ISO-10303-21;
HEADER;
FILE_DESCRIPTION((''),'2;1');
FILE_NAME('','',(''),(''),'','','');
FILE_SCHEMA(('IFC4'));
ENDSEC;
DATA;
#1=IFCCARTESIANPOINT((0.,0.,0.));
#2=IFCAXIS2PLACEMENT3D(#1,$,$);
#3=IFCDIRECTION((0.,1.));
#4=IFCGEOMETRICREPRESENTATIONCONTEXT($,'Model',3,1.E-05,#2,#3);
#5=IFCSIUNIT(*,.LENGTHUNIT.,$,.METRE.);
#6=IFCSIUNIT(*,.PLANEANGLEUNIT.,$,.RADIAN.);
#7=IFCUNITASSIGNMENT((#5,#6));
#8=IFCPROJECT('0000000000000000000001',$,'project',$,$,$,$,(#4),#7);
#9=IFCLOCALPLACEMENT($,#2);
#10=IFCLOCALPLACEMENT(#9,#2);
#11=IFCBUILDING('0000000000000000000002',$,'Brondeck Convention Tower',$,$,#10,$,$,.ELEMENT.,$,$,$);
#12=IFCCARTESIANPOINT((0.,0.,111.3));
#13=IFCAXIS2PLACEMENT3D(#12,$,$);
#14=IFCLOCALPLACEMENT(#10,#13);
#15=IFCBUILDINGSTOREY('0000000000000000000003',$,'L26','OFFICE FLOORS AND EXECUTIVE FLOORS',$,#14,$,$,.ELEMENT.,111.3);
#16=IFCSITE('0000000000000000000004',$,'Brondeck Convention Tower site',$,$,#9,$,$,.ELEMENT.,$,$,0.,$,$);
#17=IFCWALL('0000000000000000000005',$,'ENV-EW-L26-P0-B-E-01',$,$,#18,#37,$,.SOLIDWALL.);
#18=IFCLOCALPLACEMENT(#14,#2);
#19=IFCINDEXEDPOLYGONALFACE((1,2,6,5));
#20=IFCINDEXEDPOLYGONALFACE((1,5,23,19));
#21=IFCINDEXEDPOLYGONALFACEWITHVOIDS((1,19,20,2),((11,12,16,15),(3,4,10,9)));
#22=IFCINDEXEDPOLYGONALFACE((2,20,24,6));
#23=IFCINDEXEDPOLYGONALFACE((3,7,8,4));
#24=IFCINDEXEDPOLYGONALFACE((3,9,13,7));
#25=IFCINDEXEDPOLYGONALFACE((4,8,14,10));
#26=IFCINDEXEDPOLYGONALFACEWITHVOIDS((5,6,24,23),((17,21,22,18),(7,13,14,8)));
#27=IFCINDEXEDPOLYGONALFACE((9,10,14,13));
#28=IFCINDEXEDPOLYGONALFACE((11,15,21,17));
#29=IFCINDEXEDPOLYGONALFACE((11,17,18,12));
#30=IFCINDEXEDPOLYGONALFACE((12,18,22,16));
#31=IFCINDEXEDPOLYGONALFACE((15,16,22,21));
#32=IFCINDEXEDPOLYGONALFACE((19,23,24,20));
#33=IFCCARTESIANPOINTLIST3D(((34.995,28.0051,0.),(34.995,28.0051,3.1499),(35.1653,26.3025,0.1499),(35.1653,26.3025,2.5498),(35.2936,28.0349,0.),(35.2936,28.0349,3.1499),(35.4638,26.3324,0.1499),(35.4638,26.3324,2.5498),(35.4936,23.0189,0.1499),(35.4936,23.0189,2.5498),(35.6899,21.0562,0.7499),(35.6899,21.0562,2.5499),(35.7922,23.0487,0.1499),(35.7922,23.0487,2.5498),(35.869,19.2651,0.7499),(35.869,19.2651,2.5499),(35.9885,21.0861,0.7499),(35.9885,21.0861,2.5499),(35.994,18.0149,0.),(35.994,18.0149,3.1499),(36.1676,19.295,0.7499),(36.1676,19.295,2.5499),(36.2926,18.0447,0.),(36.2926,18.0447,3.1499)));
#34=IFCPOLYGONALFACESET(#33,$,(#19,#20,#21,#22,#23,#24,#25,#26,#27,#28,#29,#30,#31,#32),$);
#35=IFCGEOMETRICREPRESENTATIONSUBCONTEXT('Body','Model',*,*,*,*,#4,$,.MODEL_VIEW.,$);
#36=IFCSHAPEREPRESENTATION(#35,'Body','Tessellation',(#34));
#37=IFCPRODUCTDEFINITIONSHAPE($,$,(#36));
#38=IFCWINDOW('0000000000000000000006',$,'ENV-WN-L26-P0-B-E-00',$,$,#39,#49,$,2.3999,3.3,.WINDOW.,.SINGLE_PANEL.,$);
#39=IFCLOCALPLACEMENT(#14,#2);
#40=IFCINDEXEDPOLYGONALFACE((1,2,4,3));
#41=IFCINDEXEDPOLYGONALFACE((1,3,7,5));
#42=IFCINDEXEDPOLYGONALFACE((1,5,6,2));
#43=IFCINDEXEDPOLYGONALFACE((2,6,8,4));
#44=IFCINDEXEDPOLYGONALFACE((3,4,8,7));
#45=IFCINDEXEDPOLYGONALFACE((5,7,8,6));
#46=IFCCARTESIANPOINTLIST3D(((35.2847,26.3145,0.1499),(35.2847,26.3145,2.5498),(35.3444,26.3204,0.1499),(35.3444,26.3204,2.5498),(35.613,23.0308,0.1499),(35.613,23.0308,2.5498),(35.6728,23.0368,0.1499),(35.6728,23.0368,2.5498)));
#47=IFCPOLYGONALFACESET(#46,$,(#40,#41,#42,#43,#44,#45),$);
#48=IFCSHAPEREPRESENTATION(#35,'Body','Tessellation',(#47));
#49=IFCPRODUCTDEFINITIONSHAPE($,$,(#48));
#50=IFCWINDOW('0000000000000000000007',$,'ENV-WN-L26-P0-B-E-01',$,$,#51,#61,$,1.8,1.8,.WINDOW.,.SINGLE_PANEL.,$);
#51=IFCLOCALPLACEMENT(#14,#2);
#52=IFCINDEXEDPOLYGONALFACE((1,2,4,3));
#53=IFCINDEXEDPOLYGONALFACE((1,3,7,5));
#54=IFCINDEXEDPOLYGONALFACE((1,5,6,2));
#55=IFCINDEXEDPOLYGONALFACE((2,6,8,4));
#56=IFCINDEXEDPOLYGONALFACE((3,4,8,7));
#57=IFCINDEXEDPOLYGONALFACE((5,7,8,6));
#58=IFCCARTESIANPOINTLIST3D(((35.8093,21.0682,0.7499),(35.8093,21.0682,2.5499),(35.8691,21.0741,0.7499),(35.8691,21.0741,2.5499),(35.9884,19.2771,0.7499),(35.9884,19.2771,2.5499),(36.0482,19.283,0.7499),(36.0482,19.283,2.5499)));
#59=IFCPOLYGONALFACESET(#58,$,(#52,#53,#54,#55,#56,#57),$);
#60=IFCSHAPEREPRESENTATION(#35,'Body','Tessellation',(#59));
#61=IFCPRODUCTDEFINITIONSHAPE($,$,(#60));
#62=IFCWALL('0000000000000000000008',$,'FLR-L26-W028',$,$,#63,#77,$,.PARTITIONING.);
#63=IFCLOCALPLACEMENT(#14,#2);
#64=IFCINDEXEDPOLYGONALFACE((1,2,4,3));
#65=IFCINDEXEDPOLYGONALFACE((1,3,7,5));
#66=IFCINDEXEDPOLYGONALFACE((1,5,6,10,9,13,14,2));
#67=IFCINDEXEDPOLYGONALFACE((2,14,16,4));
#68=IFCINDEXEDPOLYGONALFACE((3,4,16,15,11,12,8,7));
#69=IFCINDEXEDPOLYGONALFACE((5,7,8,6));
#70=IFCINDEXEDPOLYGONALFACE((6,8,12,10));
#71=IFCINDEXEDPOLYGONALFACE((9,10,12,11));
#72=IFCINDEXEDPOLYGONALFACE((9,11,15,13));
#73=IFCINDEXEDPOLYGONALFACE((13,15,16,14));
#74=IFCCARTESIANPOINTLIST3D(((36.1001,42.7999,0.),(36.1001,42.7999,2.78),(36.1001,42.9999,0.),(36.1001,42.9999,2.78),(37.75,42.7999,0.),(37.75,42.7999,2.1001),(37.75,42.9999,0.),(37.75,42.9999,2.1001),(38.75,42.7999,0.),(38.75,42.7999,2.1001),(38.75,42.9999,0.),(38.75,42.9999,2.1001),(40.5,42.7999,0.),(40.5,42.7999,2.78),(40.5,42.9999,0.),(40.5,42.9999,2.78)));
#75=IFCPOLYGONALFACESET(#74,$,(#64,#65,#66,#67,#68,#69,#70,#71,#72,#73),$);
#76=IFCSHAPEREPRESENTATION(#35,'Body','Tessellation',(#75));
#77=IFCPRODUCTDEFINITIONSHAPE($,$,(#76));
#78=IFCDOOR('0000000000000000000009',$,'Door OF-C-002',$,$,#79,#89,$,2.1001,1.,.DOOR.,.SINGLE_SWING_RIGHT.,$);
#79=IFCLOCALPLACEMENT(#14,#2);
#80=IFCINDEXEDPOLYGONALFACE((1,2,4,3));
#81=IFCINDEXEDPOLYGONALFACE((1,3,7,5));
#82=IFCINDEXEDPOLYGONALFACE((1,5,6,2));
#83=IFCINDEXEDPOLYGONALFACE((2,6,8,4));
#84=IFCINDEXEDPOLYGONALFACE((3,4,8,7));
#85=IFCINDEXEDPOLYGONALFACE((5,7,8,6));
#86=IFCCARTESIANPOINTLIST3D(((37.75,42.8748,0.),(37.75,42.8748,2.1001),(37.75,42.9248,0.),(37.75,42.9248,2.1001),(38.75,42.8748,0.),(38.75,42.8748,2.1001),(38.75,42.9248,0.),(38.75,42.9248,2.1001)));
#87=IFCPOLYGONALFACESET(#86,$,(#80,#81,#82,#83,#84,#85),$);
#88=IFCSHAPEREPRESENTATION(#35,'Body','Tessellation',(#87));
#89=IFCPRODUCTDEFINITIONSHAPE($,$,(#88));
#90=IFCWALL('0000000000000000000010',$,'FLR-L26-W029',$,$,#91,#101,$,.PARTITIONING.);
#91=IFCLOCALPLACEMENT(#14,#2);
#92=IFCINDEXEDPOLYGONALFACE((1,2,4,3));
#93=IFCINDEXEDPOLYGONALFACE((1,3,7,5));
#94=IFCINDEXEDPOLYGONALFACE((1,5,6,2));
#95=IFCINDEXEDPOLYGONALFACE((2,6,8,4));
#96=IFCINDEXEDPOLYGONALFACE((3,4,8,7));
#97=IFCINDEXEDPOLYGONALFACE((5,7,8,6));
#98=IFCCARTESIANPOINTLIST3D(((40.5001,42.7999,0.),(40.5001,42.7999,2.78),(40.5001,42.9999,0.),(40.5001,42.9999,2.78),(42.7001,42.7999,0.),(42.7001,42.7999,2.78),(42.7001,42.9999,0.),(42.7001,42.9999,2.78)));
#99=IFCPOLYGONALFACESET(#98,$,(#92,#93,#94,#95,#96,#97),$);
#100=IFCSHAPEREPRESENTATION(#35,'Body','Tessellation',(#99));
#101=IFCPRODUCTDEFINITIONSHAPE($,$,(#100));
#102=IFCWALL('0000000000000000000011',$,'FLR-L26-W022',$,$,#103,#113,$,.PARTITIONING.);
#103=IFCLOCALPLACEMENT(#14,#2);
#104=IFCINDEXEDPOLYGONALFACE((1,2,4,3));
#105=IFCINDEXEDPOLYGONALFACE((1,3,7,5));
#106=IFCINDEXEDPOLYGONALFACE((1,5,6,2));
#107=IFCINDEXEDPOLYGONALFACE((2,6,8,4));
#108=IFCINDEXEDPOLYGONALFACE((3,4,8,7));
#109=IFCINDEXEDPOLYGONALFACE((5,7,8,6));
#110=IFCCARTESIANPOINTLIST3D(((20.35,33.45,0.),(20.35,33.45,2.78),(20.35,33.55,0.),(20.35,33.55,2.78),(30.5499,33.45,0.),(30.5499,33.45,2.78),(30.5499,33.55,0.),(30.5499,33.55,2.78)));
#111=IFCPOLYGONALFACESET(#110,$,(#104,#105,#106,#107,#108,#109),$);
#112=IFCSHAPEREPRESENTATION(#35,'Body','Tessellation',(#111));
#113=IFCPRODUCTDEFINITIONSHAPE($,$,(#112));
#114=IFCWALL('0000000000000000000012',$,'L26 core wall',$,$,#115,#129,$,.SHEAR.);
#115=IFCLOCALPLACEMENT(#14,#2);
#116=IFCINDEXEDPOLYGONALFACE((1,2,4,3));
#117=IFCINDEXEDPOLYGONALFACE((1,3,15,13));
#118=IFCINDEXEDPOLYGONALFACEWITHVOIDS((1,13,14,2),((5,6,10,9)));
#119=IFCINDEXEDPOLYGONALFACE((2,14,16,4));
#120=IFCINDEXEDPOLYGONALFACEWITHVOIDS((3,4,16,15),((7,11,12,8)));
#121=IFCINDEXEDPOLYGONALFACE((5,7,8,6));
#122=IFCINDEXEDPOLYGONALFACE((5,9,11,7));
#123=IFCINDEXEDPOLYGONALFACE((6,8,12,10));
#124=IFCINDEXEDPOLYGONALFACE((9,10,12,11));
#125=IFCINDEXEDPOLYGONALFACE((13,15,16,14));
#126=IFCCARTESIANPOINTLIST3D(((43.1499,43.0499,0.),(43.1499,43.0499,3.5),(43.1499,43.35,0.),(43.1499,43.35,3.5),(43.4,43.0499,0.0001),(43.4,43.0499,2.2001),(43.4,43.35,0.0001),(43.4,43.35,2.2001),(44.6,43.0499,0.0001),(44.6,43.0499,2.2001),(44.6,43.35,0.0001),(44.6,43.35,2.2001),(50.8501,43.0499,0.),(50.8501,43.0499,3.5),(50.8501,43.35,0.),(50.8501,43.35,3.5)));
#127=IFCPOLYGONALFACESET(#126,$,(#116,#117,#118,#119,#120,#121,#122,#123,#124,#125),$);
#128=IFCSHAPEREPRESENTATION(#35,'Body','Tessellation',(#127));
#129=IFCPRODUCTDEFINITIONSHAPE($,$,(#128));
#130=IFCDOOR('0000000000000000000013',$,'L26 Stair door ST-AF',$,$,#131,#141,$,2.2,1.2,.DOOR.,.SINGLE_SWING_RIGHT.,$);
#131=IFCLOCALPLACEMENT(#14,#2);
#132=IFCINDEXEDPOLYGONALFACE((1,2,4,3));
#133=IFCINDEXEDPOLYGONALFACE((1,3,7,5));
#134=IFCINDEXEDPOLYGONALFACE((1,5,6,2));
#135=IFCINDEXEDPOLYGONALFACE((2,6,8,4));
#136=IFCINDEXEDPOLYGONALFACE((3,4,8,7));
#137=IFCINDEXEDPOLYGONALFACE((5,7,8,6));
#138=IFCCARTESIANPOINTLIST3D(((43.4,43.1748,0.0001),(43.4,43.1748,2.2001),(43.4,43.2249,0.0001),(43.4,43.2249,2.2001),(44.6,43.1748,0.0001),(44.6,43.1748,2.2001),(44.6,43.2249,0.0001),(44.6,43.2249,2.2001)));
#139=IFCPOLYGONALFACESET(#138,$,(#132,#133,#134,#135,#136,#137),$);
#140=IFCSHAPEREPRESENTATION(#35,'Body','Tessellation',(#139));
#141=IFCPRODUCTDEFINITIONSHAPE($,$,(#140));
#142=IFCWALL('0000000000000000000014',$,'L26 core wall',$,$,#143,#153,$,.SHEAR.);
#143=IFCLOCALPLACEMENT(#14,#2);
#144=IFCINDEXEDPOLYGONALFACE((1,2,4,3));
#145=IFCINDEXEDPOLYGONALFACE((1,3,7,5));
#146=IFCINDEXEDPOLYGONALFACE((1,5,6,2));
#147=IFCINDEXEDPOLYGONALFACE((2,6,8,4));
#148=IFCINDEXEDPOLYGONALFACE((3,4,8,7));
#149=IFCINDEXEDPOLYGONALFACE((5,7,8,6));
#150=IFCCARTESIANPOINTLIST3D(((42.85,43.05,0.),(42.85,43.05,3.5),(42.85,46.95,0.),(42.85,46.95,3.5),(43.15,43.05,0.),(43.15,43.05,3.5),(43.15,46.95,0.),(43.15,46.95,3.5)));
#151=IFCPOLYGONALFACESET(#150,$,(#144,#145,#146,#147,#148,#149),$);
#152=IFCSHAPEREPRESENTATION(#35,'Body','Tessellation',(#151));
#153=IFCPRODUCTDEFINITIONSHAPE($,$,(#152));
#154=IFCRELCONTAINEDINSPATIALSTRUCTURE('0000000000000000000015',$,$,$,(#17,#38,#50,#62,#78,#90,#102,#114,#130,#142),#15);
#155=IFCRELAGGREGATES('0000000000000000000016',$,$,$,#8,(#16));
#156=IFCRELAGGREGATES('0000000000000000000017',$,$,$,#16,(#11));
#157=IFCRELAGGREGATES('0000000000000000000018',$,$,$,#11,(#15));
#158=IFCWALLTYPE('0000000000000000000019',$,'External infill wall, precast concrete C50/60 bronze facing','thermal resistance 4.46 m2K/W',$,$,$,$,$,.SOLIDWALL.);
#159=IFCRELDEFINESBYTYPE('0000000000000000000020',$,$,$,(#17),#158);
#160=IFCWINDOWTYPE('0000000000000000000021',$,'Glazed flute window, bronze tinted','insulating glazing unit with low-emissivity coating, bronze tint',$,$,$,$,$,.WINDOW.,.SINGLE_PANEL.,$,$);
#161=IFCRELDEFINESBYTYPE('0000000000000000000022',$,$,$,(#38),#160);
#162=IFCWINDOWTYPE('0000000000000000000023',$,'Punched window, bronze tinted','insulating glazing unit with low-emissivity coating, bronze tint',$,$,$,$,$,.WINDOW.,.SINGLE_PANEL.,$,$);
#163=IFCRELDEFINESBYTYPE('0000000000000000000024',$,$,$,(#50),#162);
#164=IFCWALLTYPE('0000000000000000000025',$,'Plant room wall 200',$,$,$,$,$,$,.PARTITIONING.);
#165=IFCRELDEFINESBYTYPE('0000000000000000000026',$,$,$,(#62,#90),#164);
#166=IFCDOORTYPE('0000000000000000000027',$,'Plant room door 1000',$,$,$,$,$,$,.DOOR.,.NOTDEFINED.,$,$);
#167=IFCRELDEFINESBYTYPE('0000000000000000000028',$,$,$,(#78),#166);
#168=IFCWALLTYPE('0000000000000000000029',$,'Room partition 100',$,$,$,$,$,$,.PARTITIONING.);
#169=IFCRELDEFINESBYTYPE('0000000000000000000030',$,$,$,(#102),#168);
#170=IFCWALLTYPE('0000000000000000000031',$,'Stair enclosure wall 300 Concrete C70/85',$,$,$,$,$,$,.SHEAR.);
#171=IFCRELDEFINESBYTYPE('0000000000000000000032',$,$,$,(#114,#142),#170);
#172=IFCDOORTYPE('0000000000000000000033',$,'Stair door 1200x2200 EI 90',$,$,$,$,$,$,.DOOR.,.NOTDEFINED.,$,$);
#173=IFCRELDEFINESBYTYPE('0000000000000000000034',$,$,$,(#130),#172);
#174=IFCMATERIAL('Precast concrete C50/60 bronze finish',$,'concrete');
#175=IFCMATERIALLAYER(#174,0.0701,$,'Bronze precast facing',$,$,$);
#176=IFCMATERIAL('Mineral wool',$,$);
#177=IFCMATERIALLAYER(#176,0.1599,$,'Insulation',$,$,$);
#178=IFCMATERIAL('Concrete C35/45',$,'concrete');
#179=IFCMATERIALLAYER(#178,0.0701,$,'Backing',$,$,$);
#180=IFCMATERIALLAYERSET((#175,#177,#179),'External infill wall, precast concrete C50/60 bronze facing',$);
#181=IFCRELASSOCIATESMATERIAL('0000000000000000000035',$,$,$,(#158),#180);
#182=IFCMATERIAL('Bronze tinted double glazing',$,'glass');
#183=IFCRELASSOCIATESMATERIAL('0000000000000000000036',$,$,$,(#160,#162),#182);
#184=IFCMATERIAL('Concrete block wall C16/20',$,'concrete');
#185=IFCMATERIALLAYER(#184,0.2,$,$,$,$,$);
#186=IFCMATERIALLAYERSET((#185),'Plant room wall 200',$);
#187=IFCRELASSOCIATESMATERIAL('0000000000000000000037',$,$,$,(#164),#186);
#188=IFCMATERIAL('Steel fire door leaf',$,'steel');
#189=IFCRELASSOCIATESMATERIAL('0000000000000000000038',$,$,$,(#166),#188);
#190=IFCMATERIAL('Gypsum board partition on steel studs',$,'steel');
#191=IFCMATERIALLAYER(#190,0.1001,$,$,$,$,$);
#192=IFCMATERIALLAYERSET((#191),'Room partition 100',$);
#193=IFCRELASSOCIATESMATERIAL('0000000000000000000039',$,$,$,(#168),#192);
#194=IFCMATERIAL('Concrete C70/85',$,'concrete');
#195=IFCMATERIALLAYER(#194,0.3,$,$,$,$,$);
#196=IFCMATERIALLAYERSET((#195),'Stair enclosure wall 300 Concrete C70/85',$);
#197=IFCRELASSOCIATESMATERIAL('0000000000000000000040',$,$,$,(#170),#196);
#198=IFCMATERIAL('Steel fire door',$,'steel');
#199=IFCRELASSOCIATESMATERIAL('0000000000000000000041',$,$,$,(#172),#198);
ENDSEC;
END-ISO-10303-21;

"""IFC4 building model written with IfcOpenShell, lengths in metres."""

from ifc_helpers import new_model, si_unit, direction, frame, frame_2d, origin, place, context, subcontext, project, spatial, rectangle, extrude, material, layer, layer_set, type_object, element, fill, save


model = new_model("IFC4")

# Units and contexts
model_context = context("Model", 3, precision=1e-05, world=origin(), true_north=direction((0.0, 1.0)))
body_context = subcontext(model_context, "Body", "Model", "MODEL_VIEW")
ifc_project = project(units=[si_unit("LENGTHUNIT", "METRE"), si_unit("PLANEANGLEUNIT", "RADIAN")], contexts=[model_context])

# Site, building, storey
site_placement = place(None, origin())
site = spatial("IfcSite", under=ifc_project, at=site_placement, Name="Brondeck Convention Tower site", CompositionType="ELEMENT", RefElevation=0.0)
building_placement = place(site_placement, origin())
building = spatial("IfcBuilding", under=site, at=building_placement, Name="Brondeck Convention Tower", CompositionType="ELEMENT")
storey_placement = place(building_placement, frame((0.0, 0.0, 111.3)))
storey = spatial("IfcBuildingStorey", under=building, at=storey_placement, Name="L26", Description="OFFICE FLOORS AND EXECUTIVE FLOORS", CompositionType="ELEMENT", Elevation=111.3)

# Shared definitions
ifc_material_1 = material(Name="Concrete C70/85", Category="concrete")

# Wall, openings, windows
ifc_material_2 = material(Name="Precast concrete C50/60 bronze finish", Category="concrete")
ifc_layer_1 = layer(ifc_material_2, 0.0701, Name="Bronze precast facing")
ifc_material_3 = material(Name="Mineral wool")
ifc_layer_2 = layer(ifc_material_3, 0.1599, Name="Insulation")
ifc_material_4 = material(Name="Concrete C35/45", Category="concrete")
ifc_layer_3 = layer(ifc_material_4, 0.0701, Name="Backing")
ifc_layer_set_1 = layer_set([ifc_layer_1, ifc_layer_2, ifc_layer_3], Name="External infill wall, precast concrete C50/60 bronze facing")
wall_type_1 = type_object("IfcWallType", Name="External infill wall, precast concrete C50/60 bronze facing", Description="thermal resistance 4.46 m2K/W", PredefinedType="SOLIDWALL", material=ifc_layer_set_1)
wall_1_placement = place(storey_placement, frame((35.1443, 28.02, 0.0), z_axis=(0.0, 0.0, 1.0), x_axis=(0.099504, -0.995037, 0.0)))
wall_1 = element("IfcWall", 1, at=wall_1_placement, inside=storey, type_object=wall_type_1, Name="ENV-EW-L26-P0-B-E-01", PredefinedType="SOLIDWALL", context=body_context, shape_type="SweptSolid", body=[
    extrude(rectangle(XDim=10.04, YDim=0.3, at=frame_2d((5.02, 0.0))), origin(), (0.0, 0.0, 1.0), 3.1499),
])
opening_1_placement = place(wall_1_placement, frame((1.7112, 0.0, 0.1499)))
opening_1 = element("IfcOpeningElement", 2, at=opening_1_placement, cuts=wall_1, PredefinedType="OPENING", context=body_context, shape_type="SweptSolid", body=[
    extrude(rectangle(XDim=3.3, YDim=2.3999, at=frame_2d((1.6499, 1.2))), frame((0.0, 0.1599, 0.0), z_axis=(0.0, -1.0, 0.0), x_axis=(1.0, 0.0, 0.0)), (0.0, 0.0, 1.0), 0.3201),
])
opening_2_placement = place(wall_1_placement, frame((6.9836, 0.0, 0.75)))
opening_2 = element("IfcOpeningElement", 3, at=opening_2_placement, cuts=wall_1, PredefinedType="OPENING", context=body_context, shape_type="SweptSolid", body=[
    extrude(rectangle(XDim=1.8, YDim=1.8, at=frame_2d((0.8999, 0.8999))), frame((0.0, 0.1599, 0.0), z_axis=(0.0, -1.0, 0.0), x_axis=(1.0, 0.0, 0.0)), (0.0, 0.0, 1.0), 0.3201),
])
ifc_material_5 = material(Name="Bronze tinted double glazing", Category="glass")
window_type_1 = type_object("IfcWindowType", Name="Glazed flute window, bronze tinted", Description="insulating glazing unit with low-emissivity coating, bronze tint", PartitioningType="SINGLE_PANEL", PredefinedType="WINDOW", material=ifc_material_5)
window_1_placement = place(opening_1_placement, origin())
window_1 = element("IfcWindow", 4, at=window_1_placement, inside=storey, type_object=window_type_1, Name="ENV-WN-L26-P0-B-E-00", OverallHeight=2.3999, OverallWidth=3.3, PartitioningType="SINGLE_PANEL", PredefinedType="WINDOW", context=body_context, shape_type="SweptSolid", body=[
    extrude(rectangle(XDim=3.3, YDim=2.3999, at=frame_2d((1.6499, 1.2))), frame((0.0, 0.03, 0.0), z_axis=(0.0, -1.0, 0.0), x_axis=(1.0, 0.0, 0.0)), (0.0, 0.0, 1.0), 0.0601),
])
fill(opening_1, window_1)
window_type_2 = type_object("IfcWindowType", Name="Punched window, bronze tinted", Description="insulating glazing unit with low-emissivity coating, bronze tint", PartitioningType="SINGLE_PANEL", PredefinedType="WINDOW", material=ifc_material_5)
window_2_placement = place(opening_2_placement, origin())
window_2 = element("IfcWindow", 5, at=window_2_placement, inside=storey, type_object=window_type_2, Name="ENV-WN-L26-P0-B-E-01", OverallHeight=1.8, OverallWidth=1.8, PartitioningType="SINGLE_PANEL", PredefinedType="WINDOW", context=body_context, shape_type="SweptSolid", body=[
    extrude(rectangle(XDim=1.8, YDim=1.8, at=frame_2d((0.8999, 0.8999))), frame((0.0, 0.03, 0.0), z_axis=(0.0, -1.0, 0.0), x_axis=(1.0, 0.0, 0.0)), (0.0, 0.0, 1.0), 0.0601),
])
fill(opening_2, window_2)

# Wall, opening, door
ifc_material_6 = material(Name="Concrete block wall C16/20", Category="concrete")
ifc_layer_4 = layer(ifc_material_6, 0.2)
ifc_layer_set_2 = layer_set([ifc_layer_4], Name="Plant room wall 200")
wall_type_2 = type_object("IfcWallType", Name="Plant room wall 200", PredefinedType="PARTITIONING", material=ifc_layer_set_2)
wall_2_placement = place(storey_placement, frame((36.1001, 42.8999, 0.0), z_axis=(0.0, 0.0, 1.0), x_axis=(1.0, 0.0, 0.0)))
wall_2 = element("IfcWall", 6, at=wall_2_placement, inside=storey, type_object=wall_type_2, Name="FLR-L26-W028", PredefinedType="PARTITIONING", context=body_context, shape_type="SweptSolid", body=[
    extrude(rectangle(XDim=4.3999, YDim=0.2, at=frame_2d((2.2, 0.0))), origin(), (0.0, 0.0, 1.0), 2.78),
])
opening_3_placement = place(wall_2_placement, frame((1.6499, 0.0, 0.0)))
opening_3 = element("IfcOpeningElement", 7, at=opening_3_placement, cuts=wall_2, PredefinedType="OPENING", context=body_context, shape_type="SweptSolid", body=[
    extrude(rectangle(XDim=1.0, YDim=2.1001, at=frame_2d((0.5, 1.05))), frame((0.0, 0.1099, 0.0), z_axis=(0.0, -1.0, 0.0), x_axis=(1.0, 0.0, 0.0)), (0.0, 0.0, 1.0), 0.22),
])
ifc_material_7 = material(Name="Steel fire door leaf", Category="steel")
door_type_1 = type_object("IfcDoorType", Name="Plant room door 1000", OperationType="NOTDEFINED", PredefinedType="DOOR", material=ifc_material_7)
door_1_placement = place(opening_3_placement, origin())
door_1 = element("IfcDoor", 8, at=door_1_placement, inside=storey, type_object=door_type_1, Name="Door OF-C-002", OperationType="SINGLE_SWING_RIGHT", OverallHeight=2.1001, OverallWidth=1.0, PredefinedType="DOOR", context=body_context, shape_type="SweptSolid", body=[
    extrude(rectangle(XDim=1.0, YDim=2.1001, at=frame_2d((0.5, 1.05))), frame((0.0, 0.0249, 0.0), z_axis=(0.0, -1.0, 0.0), x_axis=(1.0, 0.0, 0.0)), (0.0, 0.0, 1.0), 0.05),
])
fill(opening_3, door_1)

# Walls
wall_3_placement = place(storey_placement, frame((40.5, 42.8999, 0.0), z_axis=(0.0, 0.0, 1.0), x_axis=(1.0, 0.0, 0.0)))
element("IfcWall", 9, at=wall_3_placement, inside=storey, type_object=wall_type_2, Name="FLR-L26-W029", PredefinedType="PARTITIONING", context=body_context, shape_type="SweptSolid", body=[
    extrude(rectangle(XDim=2.2, YDim=0.2, at=frame_2d((1.1001, 0.0))), origin(), (0.0, 0.0, 1.0), 2.78),
])
ifc_material_8 = material(Name="Gypsum board partition on steel studs", Category="steel")
ifc_layer_5 = layer(ifc_material_8, 0.1001)
ifc_layer_set_3 = layer_set([ifc_layer_5], Name="Room partition 100")
wall_type_3 = type_object("IfcWallType", Name="Room partition 100", PredefinedType="PARTITIONING", material=ifc_layer_set_3)
wall_4_placement = place(storey_placement, frame((30.55, 33.5, 0.0), z_axis=(0.0, 0.0, 1.0), x_axis=(-1.0, 0.0, 0.0)))
element("IfcWall", 10, at=wall_4_placement, inside=storey, type_object=wall_type_3, Name="FLR-L26-W022", PredefinedType="PARTITIONING", context=body_context, shape_type="SweptSolid", body=[
    extrude(rectangle(XDim=10.2, YDim=0.1001, at=frame_2d((5.1001, 0.0))), origin(), (0.0, 0.0, 1.0), 2.78),
])

# Wall, opening, door
ifc_layer_6 = layer(ifc_material_1, 0.3)
ifc_layer_set_4 = layer_set([ifc_layer_6], Name="Stair enclosure wall 300 Concrete C70/85")
wall_type_4 = type_object("IfcWallType", Name="Stair enclosure wall 300 Concrete C70/85", PredefinedType="SHEAR", material=ifc_layer_set_4)
wall_5_placement = place(storey_placement, frame((43.1499, 43.2, 0.0), z_axis=(0.0, 0.0, 1.0), x_axis=(1.0, 0.0, 0.0)))
wall_5 = element("IfcWall", 11, at=wall_5_placement, inside=storey, type_object=wall_type_4, Name="L26 core wall", PredefinedType="SHEAR", context=body_context, shape_type="SweptSolid", body=[
    extrude(rectangle(XDim=7.7002, YDim=0.3, at=frame_2d((3.8501, 0.0))), origin(), (0.0, 0.0, 1.0), 3.5),
])
opening_4_placement = place(wall_5_placement, frame((0.25, 0.0, 0.0)))
opening_4 = element("IfcOpeningElement", 12, at=opening_4_placement, cuts=wall_5, PredefinedType="OPENING", context=body_context, shape_type="SweptSolid", body=[
    extrude(rectangle(XDim=1.2, YDim=2.2, at=frame_2d((0.6001, 1.1001))), frame((0.0, 0.1599, 0.0), z_axis=(0.0, -1.0, 0.0), x_axis=(1.0, 0.0, 0.0)), (0.0, 0.0, 1.0), 0.3201),
])
ifc_material_9 = material(Name="Steel fire door", Category="steel")
door_type_2 = type_object("IfcDoorType", Name="Stair door 1200x2200 EI 90", OperationType="NOTDEFINED", PredefinedType="DOOR", material=ifc_material_9)
door_2_placement = place(opening_4_placement, origin())
door_2 = element("IfcDoor", 13, at=door_2_placement, inside=storey, type_object=door_type_2, Name="L26 Stair door ST-AF", OperationType="SINGLE_SWING_RIGHT", OverallHeight=2.2, OverallWidth=1.2, PredefinedType="DOOR", context=body_context, shape_type="SweptSolid", body=[
    extrude(rectangle(XDim=1.2, YDim=2.2, at=frame_2d((0.6001, 1.1001))), frame((0.0, 0.0249, 0.0), z_axis=(0.0, -1.0, 0.0), x_axis=(1.0, 0.0, 0.0)), (0.0, 0.0, 1.0), 0.05),
])
fill(opening_4, door_2)

# Wall
wall_6_placement = place(storey_placement, frame((43.0, 43.05, 0.0), z_axis=(0.0, 0.0, 1.0), x_axis=(0.0, 1.0, 0.0)))
element("IfcWall", 14, at=wall_6_placement, inside=storey, type_object=wall_type_4, Name="L26 core wall", PredefinedType="SHEAR", context=body_context, shape_type="SweptSolid", body=[
    extrude(rectangle(XDim=3.8999, YDim=0.3, at=frame_2d((1.95, 0.0))), origin(), (0.0, 0.0, 1.0), 3.5),
])

save(model, "model.ifc")
